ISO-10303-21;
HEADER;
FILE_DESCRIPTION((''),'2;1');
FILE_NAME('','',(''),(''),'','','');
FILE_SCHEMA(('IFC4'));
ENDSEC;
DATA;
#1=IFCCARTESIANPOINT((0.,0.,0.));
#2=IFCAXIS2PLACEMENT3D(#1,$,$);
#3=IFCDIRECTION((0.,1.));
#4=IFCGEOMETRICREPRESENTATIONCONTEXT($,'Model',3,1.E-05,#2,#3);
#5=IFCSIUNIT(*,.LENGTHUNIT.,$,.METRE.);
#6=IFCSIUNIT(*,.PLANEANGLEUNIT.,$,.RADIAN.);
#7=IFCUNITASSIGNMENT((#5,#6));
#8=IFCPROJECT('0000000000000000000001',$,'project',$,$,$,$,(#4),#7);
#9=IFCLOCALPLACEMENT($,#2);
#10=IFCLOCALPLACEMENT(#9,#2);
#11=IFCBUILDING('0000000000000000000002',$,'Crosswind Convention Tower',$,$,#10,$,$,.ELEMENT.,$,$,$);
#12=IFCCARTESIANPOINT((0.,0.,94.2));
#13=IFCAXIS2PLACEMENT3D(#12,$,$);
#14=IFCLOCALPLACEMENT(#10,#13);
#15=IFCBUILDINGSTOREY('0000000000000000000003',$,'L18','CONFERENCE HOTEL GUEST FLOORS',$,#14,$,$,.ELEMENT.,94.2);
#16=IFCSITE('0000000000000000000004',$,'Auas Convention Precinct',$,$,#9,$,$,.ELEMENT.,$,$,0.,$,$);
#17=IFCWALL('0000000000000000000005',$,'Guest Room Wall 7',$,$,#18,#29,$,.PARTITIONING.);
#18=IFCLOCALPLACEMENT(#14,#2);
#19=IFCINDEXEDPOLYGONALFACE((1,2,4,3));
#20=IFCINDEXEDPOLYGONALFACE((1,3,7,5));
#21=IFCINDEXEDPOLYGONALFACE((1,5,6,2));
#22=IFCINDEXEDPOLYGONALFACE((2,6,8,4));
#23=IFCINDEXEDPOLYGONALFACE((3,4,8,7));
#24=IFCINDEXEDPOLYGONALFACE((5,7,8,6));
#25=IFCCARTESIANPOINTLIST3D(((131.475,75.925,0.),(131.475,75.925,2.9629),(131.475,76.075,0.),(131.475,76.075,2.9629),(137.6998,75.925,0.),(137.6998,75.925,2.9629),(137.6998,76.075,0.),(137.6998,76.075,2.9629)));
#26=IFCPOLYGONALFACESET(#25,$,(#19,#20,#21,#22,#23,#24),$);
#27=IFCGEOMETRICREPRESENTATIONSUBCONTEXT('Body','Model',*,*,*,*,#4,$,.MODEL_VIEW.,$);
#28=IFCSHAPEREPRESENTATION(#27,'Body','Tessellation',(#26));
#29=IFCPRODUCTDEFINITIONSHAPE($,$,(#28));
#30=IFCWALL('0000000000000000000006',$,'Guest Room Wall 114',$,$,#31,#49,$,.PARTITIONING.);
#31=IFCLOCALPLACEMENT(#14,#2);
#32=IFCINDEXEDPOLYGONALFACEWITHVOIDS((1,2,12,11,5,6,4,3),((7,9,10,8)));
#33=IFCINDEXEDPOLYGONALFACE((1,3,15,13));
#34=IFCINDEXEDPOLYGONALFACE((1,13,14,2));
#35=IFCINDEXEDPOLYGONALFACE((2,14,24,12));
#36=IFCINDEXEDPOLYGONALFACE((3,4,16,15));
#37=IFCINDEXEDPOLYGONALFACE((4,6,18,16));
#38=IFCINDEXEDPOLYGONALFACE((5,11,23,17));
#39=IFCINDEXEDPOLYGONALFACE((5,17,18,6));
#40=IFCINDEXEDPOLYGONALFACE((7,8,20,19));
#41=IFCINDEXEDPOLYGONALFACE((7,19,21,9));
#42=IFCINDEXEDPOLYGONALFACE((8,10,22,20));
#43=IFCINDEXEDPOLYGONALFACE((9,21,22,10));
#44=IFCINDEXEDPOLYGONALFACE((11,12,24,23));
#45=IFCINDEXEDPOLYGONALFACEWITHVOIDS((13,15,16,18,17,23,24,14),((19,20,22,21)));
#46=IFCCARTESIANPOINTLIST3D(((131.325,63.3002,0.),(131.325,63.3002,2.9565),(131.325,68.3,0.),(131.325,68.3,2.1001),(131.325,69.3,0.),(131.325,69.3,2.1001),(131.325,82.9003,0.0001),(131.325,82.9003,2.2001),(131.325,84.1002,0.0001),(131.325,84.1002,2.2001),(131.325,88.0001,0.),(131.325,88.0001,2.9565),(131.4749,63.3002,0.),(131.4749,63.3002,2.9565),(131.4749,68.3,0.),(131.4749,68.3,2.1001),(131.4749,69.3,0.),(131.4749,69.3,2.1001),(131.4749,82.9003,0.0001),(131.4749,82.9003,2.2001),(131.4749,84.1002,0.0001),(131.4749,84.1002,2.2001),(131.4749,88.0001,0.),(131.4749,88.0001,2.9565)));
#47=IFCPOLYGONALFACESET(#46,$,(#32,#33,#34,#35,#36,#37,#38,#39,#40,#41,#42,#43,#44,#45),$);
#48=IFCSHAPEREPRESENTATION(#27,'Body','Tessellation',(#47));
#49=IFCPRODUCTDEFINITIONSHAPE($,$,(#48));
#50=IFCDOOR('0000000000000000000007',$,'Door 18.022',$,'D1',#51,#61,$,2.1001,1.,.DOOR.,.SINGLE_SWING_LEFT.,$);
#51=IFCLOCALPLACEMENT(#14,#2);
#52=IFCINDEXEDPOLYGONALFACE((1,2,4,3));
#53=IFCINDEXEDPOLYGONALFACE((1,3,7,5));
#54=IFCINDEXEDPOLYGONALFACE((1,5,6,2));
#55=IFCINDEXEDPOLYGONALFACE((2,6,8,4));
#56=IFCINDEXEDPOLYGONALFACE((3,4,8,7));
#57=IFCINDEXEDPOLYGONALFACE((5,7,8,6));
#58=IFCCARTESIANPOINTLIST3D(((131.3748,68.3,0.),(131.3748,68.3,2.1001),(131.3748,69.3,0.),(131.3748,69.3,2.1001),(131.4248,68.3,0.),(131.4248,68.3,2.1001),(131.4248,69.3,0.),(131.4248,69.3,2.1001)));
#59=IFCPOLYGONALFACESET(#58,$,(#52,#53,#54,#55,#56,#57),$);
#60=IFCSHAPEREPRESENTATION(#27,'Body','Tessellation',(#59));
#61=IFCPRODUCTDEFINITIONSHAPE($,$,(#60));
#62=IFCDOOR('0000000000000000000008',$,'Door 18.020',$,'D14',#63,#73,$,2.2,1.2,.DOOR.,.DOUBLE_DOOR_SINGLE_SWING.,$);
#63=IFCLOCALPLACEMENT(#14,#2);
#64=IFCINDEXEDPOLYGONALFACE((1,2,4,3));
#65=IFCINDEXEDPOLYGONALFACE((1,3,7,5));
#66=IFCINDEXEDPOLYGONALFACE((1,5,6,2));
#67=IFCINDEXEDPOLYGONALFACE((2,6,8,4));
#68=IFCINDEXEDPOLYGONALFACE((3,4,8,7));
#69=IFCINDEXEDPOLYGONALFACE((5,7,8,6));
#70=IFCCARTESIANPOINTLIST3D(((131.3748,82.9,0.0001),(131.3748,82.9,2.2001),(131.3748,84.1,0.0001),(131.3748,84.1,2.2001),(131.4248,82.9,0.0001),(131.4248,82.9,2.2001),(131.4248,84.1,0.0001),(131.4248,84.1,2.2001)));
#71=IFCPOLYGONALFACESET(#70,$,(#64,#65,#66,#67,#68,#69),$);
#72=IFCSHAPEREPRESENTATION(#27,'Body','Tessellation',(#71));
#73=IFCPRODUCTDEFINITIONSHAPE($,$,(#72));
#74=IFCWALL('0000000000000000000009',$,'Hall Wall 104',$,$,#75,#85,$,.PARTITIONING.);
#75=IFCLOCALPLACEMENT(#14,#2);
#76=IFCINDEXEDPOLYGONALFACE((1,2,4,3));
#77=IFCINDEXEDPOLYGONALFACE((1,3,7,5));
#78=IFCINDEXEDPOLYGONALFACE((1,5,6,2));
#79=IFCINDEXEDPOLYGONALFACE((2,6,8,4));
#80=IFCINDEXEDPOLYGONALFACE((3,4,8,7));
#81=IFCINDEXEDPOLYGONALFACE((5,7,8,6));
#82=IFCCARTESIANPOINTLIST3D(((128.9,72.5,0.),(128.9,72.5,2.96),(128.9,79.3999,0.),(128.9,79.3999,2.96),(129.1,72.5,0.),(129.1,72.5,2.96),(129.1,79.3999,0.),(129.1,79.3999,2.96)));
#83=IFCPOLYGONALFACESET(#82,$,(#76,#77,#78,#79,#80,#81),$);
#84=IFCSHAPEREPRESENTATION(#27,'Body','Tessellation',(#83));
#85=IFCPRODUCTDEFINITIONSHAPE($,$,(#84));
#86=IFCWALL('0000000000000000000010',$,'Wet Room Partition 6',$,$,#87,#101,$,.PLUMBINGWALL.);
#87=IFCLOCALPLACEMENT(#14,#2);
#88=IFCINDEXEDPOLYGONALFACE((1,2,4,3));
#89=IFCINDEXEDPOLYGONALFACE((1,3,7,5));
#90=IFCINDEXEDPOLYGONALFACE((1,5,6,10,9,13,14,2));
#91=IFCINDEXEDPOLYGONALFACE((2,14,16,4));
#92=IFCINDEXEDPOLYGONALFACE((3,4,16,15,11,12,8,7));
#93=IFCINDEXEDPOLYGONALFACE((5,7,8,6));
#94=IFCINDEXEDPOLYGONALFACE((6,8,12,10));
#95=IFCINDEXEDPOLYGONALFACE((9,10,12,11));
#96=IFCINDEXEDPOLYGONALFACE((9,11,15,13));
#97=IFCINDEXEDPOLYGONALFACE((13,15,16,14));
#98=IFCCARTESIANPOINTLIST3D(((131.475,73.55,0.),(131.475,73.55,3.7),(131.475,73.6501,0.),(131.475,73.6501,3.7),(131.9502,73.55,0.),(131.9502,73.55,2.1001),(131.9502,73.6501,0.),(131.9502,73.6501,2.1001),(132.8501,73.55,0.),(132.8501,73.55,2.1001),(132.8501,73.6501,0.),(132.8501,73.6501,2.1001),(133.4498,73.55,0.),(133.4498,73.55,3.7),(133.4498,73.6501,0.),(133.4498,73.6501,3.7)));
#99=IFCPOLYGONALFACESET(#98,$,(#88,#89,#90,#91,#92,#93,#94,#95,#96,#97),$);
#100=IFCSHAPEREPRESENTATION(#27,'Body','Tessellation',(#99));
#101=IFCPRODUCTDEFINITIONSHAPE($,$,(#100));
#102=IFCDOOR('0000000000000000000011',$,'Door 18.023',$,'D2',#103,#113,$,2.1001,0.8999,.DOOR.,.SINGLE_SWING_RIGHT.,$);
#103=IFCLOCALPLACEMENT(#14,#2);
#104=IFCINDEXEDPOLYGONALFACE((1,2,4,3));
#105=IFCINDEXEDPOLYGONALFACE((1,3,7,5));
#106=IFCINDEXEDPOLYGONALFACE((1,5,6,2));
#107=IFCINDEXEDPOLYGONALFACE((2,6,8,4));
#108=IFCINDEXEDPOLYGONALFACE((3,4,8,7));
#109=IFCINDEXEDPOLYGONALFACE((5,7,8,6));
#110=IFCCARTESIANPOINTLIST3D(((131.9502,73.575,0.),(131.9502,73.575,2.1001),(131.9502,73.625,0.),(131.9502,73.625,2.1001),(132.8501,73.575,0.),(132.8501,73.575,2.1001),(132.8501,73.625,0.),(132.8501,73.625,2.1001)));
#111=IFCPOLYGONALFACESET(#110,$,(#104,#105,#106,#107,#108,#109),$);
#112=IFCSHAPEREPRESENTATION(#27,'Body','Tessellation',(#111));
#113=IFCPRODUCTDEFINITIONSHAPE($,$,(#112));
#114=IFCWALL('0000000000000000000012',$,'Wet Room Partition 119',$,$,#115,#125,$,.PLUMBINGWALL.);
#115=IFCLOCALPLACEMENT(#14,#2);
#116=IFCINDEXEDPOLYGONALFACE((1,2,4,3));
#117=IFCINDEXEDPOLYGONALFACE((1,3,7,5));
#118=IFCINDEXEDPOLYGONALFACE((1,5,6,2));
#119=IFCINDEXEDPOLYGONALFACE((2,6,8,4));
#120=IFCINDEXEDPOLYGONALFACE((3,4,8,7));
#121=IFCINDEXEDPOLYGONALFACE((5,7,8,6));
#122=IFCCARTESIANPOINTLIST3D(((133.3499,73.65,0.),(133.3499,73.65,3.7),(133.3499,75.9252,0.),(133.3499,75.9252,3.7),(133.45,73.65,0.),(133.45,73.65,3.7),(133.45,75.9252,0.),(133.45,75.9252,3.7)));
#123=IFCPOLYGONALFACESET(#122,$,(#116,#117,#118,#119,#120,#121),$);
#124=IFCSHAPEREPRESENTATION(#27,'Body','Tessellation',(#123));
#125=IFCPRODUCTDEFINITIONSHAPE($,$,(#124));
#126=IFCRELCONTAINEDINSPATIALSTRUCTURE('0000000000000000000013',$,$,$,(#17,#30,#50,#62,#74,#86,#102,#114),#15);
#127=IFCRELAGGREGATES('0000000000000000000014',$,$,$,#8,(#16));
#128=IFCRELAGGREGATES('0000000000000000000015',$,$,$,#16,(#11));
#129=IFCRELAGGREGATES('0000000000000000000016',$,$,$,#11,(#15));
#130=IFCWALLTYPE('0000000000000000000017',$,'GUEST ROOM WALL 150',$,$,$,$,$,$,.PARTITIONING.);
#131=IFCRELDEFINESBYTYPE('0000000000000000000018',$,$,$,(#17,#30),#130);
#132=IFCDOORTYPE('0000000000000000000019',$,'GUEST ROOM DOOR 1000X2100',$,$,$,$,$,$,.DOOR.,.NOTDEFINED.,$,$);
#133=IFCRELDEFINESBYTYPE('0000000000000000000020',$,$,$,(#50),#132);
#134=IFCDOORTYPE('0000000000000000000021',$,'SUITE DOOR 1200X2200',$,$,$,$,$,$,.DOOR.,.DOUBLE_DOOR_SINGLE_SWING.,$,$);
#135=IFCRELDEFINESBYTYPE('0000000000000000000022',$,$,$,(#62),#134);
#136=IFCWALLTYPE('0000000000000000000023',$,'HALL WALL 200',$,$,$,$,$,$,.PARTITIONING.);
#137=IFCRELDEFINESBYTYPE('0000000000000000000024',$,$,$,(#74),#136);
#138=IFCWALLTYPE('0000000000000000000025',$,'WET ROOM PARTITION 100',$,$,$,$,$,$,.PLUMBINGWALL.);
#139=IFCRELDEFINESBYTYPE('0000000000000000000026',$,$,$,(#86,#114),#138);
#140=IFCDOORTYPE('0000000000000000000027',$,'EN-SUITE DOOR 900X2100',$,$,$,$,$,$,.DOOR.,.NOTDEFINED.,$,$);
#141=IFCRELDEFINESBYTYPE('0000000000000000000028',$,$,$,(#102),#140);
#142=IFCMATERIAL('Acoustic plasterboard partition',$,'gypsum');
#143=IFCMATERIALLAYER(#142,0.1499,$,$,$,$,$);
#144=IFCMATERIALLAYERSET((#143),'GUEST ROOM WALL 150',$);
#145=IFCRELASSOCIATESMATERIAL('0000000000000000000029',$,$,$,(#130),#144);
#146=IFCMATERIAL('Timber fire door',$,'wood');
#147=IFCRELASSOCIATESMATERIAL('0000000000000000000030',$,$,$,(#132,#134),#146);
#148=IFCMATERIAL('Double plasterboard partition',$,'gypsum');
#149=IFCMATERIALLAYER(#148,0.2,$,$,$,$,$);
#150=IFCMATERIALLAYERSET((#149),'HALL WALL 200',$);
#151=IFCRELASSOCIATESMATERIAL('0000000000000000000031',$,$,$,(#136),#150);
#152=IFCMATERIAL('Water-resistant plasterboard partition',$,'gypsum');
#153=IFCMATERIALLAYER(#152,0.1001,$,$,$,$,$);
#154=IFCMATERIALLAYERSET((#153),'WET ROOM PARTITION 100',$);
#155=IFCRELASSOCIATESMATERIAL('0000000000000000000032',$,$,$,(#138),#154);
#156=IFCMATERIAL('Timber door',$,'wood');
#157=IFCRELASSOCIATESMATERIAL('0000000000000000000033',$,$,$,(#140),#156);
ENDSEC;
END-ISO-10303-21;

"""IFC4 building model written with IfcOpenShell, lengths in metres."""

from ifc_helpers import new_model, si_unit, direction, frame, frame_2d, origin, place, context, subcontext, project, spatial, rectangle, extrude, material, layer, layer_set, type_object, element, fill, save


model = new_model("IFC4")

# Units and contexts
model_context = context("Model", 3, precision=1e-05, world=origin(), true_north=direction((0.0, 1.0)))
body_context = subcontext(model_context, "Body", "Model", "MODEL_VIEW")
ifc_project = project(units=[si_unit("LENGTHUNIT", "METRE"), si_unit("PLANEANGLEUNIT", "RADIAN")], contexts=[model_context])

# Site, building, storey
site_placement = place(None, origin())
site = spatial("IfcSite", under=ifc_project, at=site_placement, Name="Auas Convention Precinct", CompositionType="ELEMENT", RefElevation=0.0)
building_placement = place(site_placement, origin())
building = spatial("IfcBuilding", under=site, at=building_placement, Name="Crosswind Convention Tower", CompositionType="ELEMENT")
storey_placement = place(building_placement, frame((0.0, 0.0, 94.2)))
storey = spatial("IfcBuildingStorey", under=building, at=storey_placement, Name="L18", Description="CONFERENCE HOTEL GUEST FLOORS", CompositionType="ELEMENT", Elevation=94.2)

# Wall
ifc_material_1 = material(Name="Acoustic plasterboard partition", Category="gypsum")
ifc_layer_1 = layer(ifc_material_1, 0.1499)
ifc_layer_set_1 = layer_set([ifc_layer_1], Name="GUEST ROOM WALL 150")
wall_type_1 = type_object("IfcWallType", Name="GUEST ROOM WALL 150", PredefinedType="PARTITIONING", material=ifc_layer_set_1)
wall_1_placement = place(storey_placement, frame((131.4751, 76.0, 0.0), z_axis=(0.0, 0.0, 1.0), x_axis=(1.0, 0.0, 0.0)))
element("IfcWall", 1, at=wall_1_placement, inside=storey, type_object=wall_type_1, Name="Guest Room Wall 7", PredefinedType="PARTITIONING", context=body_context, shape_type="SweptSolid", body=[
    extrude(rectangle(XDim=6.2249, YDim=0.1499, at=frame_2d((3.1123, 0.0))), origin(), (0.0, 0.0, 1.0), 2.9629),
])

# Wall, openings, doors
wall_2_placement = place(storey_placement, frame((131.3999, 63.3, 0.0), z_axis=(0.0, 0.0, 1.0), x_axis=(0.0, 1.0, 0.0)))
wall_2 = element("IfcWall", 2, at=wall_2_placement, inside=storey, type_object=wall_type_1, Name="Guest Room Wall 114", PredefinedType="PARTITIONING", context=body_context, shape_type="SweptSolid", body=[
    extrude(rectangle(XDim=24.7, YDim=0.1499, at=frame_2d((12.3501, 0.0))), origin(), (0.0, 0.0, 1.0), 2.9565),
])
opening_1_placement = place(wall_2_placement, frame((19.6001, 0.0, 0.0)))
opening_1 = element("IfcOpeningElement", 3, at=opening_1_placement, cuts=wall_2, PredefinedType="OPENING", context=body_context, shape_type="SweptSolid", body=[
    extrude(rectangle(XDim=1.2, YDim=2.2, at=frame_2d((0.6001, 1.1001))), frame((0.0, 0.085, 0.0), z_axis=(0.0, -1.0, 0.0), x_axis=(1.0, 0.0, 0.0)), (0.0, 0.0, 1.0), 0.1699),
])
opening_2_placement = place(wall_2_placement, frame((5.0, 0.0, 0.0)))
opening_2 = element("IfcOpeningElement", 4, at=opening_2_placement, cuts=wall_2, PredefinedType="OPENING", context=body_context, shape_type="SweptSolid", body=[
    extrude(rectangle(XDim=1.0, YDim=2.1001, at=frame_2d((0.5, 1.05))), frame((0.0, 0.085, 0.0), z_axis=(0.0, -1.0, 0.0), x_axis=(1.0, 0.0, 0.0)), (0.0, 0.0, 1.0), 0.1699),
])
ifc_material_2 = material(Name="Timber fire door", Category="wood")
door_type_1 = type_object("IfcDoorType", Name="GUEST ROOM DOOR 1000X2100", OperationType="NOTDEFINED", PredefinedType="DOOR", material=ifc_material_2)
door_1_placement = place(opening_2_placement, frame((1.0, 0.0, 0.0), z_axis=(0.0, 0.0, 1.0), x_axis=(-1.0, 0.0, 0.0)))
door_1 = element("IfcDoor", 5, at=door_1_placement, inside=storey, type_object=door_type_1, Name="Door 18.022", ObjectType="D1", OperationType="SINGLE_SWING_LEFT", OverallHeight=2.1001, OverallWidth=1.0, PredefinedType="DOOR", context=body_context, shape_type="SweptSolid", body=[
    extrude(rectangle(XDim=1.0, YDim=2.1001, at=frame_2d((0.5, 1.05))), frame((0.0, 0.0249, 0.0), z_axis=(0.0, -1.0, 0.0), x_axis=(1.0, 0.0, 0.0)), (0.0, 0.0, 1.0), 0.05),
])
fill(opening_2, door_1)
door_type_2 = type_object("IfcDoorType", Name="SUITE DOOR 1200X2200", OperationType="DOUBLE_DOOR_SINGLE_SWING", PredefinedType="DOOR", material=ifc_material_2)
door_2_placement = place(opening_1_placement, frame((1.2, 0.0, 0.0), z_axis=(0.0, 0.0, 1.0), x_axis=(-1.0, 0.0, 0.0)))
door_2 = element("IfcDoor", 6, at=door_2_placement, inside=storey, type_object=door_type_2, Name="Door 18.020", ObjectType="D14", OperationType="DOUBLE_DOOR_SINGLE_SWING", OverallHeight=2.2, OverallWidth=1.2, PredefinedType="DOOR", context=body_context, shape_type="SweptSolid", body=[
    extrude(rectangle(XDim=1.2, YDim=2.2, at=frame_2d((0.6001, 1.1001))), frame((0.0, 0.0249, 0.0), z_axis=(0.0, -1.0, 0.0), x_axis=(1.0, 0.0, 0.0)), (0.0, 0.0, 1.0), 0.05),
])
fill(opening_1, door_2)

# Wall
ifc_material_3 = material(Name="Double plasterboard partition", Category="gypsum")
ifc_layer_2 = layer(ifc_material_3, 0.2)
ifc_layer_set_2 = layer_set([ifc_layer_2], Name="HALL WALL 200")
wall_type_2 = type_object("IfcWallType", Name="HALL WALL 200", PredefinedType="PARTITIONING", material=ifc_layer_set_2)
wall_3_placement = place(storey_placement, frame((129.0, 72.5, 0.0), z_axis=(0.0, 0.0, 1.0), x_axis=(0.0, 1.0, 0.0)))
element("IfcWall", 7, at=wall_3_placement, inside=storey, type_object=wall_type_2, Name="Hall Wall 104", PredefinedType="PARTITIONING", context=body_context, shape_type="SweptSolid", body=[
    extrude(rectangle(XDim=6.8999, YDim=0.2, at=frame_2d((3.45, 0.0))), origin(), (0.0, 0.0, 1.0), 2.96),
])

# Wall, opening, door
ifc_material_4 = material(Name="Water-resistant plasterboard partition", Category="gypsum")
ifc_layer_3 = layer(ifc_material_4, 0.1001)
ifc_layer_set_3 = layer_set([ifc_layer_3], Name="WET ROOM PARTITION 100")
wall_type_3 = type_object("IfcWallType", Name="WET ROOM PARTITION 100", PredefinedType="PLUMBINGWALL", material=ifc_layer_set_3)
wall_4_placement = place(storey_placement, frame((131.4751, 73.6001, 0.0), z_axis=(0.0, 0.0, 1.0), x_axis=(1.0, 0.0, 0.0)))
wall_4 = element("IfcWall", 8, at=wall_4_placement, inside=storey, type_object=wall_type_3, Name="Wet Room Partition 6", PredefinedType="PLUMBINGWALL", context=body_context, shape_type="SweptSolid", body=[
    extrude(rectangle(XDim=1.9749, YDim=0.1001, at=frame_2d((0.9873, 0.0))), origin(), (0.0, 0.0, 1.0), 3.7),
])
opening_3_placement = place(wall_4_placement, frame((0.4751, 0.0, 0.0)))
opening_3 = element("IfcOpeningElement", 9, at=opening_3_placement, cuts=wall_4, PredefinedType="OPENING", context=body_context, shape_type="SweptSolid", body=[
    extrude(rectangle(XDim=0.8999, YDim=2.1001, at=frame_2d((0.45, 1.05))), frame((0.0, 0.0601, 0.0), z_axis=(0.0, -1.0, 0.0), x_axis=(1.0, 0.0, 0.0)), (0.0, 0.0, 1.0), 0.1201),
])
ifc_material_5 = material(Name="Timber door", Category="wood")
door_type_3 = type_object("IfcDoorType", Name="EN-SUITE DOOR 900X2100", OperationType="NOTDEFINED", PredefinedType="DOOR", material=ifc_material_5)
door_3_placement = place(opening_3_placement, origin())
door_3 = element("IfcDoor", 10, at=door_3_placement, inside=storey, type_object=door_type_3, Name="Door 18.023", ObjectType="D2", OperationType="SINGLE_SWING_RIGHT", OverallHeight=2.1001, OverallWidth=0.8999, PredefinedType="DOOR", context=body_context, shape_type="SweptSolid", body=[
    extrude(rectangle(XDim=0.8999, YDim=2.1001, at=frame_2d((0.45, 1.05))), frame((0.0, 0.0249, 0.0), z_axis=(0.0, -1.0, 0.0), x_axis=(1.0, 0.0, 0.0)), (0.0, 0.0, 1.0), 0.05),
])
fill(opening_3, door_3)

# Wall
wall_5_placement = place(storey_placement, frame((133.3999, 73.6499, 0.0), z_axis=(0.0, 0.0, 1.0), x_axis=(0.0, 1.0, 0.0)))
element("IfcWall", 11, at=wall_5_placement, inside=storey, type_object=wall_type_3, Name="Wet Room Partition 119", PredefinedType="PLUMBINGWALL", context=body_context, shape_type="SweptSolid", body=[
    extrude(rectangle(XDim=2.2751, YDim=0.1001, at=frame_2d((1.1377, 0.0))), origin(), (0.0, 0.0, 1.0), 3.7),
])

save(model, "model.ifc")
